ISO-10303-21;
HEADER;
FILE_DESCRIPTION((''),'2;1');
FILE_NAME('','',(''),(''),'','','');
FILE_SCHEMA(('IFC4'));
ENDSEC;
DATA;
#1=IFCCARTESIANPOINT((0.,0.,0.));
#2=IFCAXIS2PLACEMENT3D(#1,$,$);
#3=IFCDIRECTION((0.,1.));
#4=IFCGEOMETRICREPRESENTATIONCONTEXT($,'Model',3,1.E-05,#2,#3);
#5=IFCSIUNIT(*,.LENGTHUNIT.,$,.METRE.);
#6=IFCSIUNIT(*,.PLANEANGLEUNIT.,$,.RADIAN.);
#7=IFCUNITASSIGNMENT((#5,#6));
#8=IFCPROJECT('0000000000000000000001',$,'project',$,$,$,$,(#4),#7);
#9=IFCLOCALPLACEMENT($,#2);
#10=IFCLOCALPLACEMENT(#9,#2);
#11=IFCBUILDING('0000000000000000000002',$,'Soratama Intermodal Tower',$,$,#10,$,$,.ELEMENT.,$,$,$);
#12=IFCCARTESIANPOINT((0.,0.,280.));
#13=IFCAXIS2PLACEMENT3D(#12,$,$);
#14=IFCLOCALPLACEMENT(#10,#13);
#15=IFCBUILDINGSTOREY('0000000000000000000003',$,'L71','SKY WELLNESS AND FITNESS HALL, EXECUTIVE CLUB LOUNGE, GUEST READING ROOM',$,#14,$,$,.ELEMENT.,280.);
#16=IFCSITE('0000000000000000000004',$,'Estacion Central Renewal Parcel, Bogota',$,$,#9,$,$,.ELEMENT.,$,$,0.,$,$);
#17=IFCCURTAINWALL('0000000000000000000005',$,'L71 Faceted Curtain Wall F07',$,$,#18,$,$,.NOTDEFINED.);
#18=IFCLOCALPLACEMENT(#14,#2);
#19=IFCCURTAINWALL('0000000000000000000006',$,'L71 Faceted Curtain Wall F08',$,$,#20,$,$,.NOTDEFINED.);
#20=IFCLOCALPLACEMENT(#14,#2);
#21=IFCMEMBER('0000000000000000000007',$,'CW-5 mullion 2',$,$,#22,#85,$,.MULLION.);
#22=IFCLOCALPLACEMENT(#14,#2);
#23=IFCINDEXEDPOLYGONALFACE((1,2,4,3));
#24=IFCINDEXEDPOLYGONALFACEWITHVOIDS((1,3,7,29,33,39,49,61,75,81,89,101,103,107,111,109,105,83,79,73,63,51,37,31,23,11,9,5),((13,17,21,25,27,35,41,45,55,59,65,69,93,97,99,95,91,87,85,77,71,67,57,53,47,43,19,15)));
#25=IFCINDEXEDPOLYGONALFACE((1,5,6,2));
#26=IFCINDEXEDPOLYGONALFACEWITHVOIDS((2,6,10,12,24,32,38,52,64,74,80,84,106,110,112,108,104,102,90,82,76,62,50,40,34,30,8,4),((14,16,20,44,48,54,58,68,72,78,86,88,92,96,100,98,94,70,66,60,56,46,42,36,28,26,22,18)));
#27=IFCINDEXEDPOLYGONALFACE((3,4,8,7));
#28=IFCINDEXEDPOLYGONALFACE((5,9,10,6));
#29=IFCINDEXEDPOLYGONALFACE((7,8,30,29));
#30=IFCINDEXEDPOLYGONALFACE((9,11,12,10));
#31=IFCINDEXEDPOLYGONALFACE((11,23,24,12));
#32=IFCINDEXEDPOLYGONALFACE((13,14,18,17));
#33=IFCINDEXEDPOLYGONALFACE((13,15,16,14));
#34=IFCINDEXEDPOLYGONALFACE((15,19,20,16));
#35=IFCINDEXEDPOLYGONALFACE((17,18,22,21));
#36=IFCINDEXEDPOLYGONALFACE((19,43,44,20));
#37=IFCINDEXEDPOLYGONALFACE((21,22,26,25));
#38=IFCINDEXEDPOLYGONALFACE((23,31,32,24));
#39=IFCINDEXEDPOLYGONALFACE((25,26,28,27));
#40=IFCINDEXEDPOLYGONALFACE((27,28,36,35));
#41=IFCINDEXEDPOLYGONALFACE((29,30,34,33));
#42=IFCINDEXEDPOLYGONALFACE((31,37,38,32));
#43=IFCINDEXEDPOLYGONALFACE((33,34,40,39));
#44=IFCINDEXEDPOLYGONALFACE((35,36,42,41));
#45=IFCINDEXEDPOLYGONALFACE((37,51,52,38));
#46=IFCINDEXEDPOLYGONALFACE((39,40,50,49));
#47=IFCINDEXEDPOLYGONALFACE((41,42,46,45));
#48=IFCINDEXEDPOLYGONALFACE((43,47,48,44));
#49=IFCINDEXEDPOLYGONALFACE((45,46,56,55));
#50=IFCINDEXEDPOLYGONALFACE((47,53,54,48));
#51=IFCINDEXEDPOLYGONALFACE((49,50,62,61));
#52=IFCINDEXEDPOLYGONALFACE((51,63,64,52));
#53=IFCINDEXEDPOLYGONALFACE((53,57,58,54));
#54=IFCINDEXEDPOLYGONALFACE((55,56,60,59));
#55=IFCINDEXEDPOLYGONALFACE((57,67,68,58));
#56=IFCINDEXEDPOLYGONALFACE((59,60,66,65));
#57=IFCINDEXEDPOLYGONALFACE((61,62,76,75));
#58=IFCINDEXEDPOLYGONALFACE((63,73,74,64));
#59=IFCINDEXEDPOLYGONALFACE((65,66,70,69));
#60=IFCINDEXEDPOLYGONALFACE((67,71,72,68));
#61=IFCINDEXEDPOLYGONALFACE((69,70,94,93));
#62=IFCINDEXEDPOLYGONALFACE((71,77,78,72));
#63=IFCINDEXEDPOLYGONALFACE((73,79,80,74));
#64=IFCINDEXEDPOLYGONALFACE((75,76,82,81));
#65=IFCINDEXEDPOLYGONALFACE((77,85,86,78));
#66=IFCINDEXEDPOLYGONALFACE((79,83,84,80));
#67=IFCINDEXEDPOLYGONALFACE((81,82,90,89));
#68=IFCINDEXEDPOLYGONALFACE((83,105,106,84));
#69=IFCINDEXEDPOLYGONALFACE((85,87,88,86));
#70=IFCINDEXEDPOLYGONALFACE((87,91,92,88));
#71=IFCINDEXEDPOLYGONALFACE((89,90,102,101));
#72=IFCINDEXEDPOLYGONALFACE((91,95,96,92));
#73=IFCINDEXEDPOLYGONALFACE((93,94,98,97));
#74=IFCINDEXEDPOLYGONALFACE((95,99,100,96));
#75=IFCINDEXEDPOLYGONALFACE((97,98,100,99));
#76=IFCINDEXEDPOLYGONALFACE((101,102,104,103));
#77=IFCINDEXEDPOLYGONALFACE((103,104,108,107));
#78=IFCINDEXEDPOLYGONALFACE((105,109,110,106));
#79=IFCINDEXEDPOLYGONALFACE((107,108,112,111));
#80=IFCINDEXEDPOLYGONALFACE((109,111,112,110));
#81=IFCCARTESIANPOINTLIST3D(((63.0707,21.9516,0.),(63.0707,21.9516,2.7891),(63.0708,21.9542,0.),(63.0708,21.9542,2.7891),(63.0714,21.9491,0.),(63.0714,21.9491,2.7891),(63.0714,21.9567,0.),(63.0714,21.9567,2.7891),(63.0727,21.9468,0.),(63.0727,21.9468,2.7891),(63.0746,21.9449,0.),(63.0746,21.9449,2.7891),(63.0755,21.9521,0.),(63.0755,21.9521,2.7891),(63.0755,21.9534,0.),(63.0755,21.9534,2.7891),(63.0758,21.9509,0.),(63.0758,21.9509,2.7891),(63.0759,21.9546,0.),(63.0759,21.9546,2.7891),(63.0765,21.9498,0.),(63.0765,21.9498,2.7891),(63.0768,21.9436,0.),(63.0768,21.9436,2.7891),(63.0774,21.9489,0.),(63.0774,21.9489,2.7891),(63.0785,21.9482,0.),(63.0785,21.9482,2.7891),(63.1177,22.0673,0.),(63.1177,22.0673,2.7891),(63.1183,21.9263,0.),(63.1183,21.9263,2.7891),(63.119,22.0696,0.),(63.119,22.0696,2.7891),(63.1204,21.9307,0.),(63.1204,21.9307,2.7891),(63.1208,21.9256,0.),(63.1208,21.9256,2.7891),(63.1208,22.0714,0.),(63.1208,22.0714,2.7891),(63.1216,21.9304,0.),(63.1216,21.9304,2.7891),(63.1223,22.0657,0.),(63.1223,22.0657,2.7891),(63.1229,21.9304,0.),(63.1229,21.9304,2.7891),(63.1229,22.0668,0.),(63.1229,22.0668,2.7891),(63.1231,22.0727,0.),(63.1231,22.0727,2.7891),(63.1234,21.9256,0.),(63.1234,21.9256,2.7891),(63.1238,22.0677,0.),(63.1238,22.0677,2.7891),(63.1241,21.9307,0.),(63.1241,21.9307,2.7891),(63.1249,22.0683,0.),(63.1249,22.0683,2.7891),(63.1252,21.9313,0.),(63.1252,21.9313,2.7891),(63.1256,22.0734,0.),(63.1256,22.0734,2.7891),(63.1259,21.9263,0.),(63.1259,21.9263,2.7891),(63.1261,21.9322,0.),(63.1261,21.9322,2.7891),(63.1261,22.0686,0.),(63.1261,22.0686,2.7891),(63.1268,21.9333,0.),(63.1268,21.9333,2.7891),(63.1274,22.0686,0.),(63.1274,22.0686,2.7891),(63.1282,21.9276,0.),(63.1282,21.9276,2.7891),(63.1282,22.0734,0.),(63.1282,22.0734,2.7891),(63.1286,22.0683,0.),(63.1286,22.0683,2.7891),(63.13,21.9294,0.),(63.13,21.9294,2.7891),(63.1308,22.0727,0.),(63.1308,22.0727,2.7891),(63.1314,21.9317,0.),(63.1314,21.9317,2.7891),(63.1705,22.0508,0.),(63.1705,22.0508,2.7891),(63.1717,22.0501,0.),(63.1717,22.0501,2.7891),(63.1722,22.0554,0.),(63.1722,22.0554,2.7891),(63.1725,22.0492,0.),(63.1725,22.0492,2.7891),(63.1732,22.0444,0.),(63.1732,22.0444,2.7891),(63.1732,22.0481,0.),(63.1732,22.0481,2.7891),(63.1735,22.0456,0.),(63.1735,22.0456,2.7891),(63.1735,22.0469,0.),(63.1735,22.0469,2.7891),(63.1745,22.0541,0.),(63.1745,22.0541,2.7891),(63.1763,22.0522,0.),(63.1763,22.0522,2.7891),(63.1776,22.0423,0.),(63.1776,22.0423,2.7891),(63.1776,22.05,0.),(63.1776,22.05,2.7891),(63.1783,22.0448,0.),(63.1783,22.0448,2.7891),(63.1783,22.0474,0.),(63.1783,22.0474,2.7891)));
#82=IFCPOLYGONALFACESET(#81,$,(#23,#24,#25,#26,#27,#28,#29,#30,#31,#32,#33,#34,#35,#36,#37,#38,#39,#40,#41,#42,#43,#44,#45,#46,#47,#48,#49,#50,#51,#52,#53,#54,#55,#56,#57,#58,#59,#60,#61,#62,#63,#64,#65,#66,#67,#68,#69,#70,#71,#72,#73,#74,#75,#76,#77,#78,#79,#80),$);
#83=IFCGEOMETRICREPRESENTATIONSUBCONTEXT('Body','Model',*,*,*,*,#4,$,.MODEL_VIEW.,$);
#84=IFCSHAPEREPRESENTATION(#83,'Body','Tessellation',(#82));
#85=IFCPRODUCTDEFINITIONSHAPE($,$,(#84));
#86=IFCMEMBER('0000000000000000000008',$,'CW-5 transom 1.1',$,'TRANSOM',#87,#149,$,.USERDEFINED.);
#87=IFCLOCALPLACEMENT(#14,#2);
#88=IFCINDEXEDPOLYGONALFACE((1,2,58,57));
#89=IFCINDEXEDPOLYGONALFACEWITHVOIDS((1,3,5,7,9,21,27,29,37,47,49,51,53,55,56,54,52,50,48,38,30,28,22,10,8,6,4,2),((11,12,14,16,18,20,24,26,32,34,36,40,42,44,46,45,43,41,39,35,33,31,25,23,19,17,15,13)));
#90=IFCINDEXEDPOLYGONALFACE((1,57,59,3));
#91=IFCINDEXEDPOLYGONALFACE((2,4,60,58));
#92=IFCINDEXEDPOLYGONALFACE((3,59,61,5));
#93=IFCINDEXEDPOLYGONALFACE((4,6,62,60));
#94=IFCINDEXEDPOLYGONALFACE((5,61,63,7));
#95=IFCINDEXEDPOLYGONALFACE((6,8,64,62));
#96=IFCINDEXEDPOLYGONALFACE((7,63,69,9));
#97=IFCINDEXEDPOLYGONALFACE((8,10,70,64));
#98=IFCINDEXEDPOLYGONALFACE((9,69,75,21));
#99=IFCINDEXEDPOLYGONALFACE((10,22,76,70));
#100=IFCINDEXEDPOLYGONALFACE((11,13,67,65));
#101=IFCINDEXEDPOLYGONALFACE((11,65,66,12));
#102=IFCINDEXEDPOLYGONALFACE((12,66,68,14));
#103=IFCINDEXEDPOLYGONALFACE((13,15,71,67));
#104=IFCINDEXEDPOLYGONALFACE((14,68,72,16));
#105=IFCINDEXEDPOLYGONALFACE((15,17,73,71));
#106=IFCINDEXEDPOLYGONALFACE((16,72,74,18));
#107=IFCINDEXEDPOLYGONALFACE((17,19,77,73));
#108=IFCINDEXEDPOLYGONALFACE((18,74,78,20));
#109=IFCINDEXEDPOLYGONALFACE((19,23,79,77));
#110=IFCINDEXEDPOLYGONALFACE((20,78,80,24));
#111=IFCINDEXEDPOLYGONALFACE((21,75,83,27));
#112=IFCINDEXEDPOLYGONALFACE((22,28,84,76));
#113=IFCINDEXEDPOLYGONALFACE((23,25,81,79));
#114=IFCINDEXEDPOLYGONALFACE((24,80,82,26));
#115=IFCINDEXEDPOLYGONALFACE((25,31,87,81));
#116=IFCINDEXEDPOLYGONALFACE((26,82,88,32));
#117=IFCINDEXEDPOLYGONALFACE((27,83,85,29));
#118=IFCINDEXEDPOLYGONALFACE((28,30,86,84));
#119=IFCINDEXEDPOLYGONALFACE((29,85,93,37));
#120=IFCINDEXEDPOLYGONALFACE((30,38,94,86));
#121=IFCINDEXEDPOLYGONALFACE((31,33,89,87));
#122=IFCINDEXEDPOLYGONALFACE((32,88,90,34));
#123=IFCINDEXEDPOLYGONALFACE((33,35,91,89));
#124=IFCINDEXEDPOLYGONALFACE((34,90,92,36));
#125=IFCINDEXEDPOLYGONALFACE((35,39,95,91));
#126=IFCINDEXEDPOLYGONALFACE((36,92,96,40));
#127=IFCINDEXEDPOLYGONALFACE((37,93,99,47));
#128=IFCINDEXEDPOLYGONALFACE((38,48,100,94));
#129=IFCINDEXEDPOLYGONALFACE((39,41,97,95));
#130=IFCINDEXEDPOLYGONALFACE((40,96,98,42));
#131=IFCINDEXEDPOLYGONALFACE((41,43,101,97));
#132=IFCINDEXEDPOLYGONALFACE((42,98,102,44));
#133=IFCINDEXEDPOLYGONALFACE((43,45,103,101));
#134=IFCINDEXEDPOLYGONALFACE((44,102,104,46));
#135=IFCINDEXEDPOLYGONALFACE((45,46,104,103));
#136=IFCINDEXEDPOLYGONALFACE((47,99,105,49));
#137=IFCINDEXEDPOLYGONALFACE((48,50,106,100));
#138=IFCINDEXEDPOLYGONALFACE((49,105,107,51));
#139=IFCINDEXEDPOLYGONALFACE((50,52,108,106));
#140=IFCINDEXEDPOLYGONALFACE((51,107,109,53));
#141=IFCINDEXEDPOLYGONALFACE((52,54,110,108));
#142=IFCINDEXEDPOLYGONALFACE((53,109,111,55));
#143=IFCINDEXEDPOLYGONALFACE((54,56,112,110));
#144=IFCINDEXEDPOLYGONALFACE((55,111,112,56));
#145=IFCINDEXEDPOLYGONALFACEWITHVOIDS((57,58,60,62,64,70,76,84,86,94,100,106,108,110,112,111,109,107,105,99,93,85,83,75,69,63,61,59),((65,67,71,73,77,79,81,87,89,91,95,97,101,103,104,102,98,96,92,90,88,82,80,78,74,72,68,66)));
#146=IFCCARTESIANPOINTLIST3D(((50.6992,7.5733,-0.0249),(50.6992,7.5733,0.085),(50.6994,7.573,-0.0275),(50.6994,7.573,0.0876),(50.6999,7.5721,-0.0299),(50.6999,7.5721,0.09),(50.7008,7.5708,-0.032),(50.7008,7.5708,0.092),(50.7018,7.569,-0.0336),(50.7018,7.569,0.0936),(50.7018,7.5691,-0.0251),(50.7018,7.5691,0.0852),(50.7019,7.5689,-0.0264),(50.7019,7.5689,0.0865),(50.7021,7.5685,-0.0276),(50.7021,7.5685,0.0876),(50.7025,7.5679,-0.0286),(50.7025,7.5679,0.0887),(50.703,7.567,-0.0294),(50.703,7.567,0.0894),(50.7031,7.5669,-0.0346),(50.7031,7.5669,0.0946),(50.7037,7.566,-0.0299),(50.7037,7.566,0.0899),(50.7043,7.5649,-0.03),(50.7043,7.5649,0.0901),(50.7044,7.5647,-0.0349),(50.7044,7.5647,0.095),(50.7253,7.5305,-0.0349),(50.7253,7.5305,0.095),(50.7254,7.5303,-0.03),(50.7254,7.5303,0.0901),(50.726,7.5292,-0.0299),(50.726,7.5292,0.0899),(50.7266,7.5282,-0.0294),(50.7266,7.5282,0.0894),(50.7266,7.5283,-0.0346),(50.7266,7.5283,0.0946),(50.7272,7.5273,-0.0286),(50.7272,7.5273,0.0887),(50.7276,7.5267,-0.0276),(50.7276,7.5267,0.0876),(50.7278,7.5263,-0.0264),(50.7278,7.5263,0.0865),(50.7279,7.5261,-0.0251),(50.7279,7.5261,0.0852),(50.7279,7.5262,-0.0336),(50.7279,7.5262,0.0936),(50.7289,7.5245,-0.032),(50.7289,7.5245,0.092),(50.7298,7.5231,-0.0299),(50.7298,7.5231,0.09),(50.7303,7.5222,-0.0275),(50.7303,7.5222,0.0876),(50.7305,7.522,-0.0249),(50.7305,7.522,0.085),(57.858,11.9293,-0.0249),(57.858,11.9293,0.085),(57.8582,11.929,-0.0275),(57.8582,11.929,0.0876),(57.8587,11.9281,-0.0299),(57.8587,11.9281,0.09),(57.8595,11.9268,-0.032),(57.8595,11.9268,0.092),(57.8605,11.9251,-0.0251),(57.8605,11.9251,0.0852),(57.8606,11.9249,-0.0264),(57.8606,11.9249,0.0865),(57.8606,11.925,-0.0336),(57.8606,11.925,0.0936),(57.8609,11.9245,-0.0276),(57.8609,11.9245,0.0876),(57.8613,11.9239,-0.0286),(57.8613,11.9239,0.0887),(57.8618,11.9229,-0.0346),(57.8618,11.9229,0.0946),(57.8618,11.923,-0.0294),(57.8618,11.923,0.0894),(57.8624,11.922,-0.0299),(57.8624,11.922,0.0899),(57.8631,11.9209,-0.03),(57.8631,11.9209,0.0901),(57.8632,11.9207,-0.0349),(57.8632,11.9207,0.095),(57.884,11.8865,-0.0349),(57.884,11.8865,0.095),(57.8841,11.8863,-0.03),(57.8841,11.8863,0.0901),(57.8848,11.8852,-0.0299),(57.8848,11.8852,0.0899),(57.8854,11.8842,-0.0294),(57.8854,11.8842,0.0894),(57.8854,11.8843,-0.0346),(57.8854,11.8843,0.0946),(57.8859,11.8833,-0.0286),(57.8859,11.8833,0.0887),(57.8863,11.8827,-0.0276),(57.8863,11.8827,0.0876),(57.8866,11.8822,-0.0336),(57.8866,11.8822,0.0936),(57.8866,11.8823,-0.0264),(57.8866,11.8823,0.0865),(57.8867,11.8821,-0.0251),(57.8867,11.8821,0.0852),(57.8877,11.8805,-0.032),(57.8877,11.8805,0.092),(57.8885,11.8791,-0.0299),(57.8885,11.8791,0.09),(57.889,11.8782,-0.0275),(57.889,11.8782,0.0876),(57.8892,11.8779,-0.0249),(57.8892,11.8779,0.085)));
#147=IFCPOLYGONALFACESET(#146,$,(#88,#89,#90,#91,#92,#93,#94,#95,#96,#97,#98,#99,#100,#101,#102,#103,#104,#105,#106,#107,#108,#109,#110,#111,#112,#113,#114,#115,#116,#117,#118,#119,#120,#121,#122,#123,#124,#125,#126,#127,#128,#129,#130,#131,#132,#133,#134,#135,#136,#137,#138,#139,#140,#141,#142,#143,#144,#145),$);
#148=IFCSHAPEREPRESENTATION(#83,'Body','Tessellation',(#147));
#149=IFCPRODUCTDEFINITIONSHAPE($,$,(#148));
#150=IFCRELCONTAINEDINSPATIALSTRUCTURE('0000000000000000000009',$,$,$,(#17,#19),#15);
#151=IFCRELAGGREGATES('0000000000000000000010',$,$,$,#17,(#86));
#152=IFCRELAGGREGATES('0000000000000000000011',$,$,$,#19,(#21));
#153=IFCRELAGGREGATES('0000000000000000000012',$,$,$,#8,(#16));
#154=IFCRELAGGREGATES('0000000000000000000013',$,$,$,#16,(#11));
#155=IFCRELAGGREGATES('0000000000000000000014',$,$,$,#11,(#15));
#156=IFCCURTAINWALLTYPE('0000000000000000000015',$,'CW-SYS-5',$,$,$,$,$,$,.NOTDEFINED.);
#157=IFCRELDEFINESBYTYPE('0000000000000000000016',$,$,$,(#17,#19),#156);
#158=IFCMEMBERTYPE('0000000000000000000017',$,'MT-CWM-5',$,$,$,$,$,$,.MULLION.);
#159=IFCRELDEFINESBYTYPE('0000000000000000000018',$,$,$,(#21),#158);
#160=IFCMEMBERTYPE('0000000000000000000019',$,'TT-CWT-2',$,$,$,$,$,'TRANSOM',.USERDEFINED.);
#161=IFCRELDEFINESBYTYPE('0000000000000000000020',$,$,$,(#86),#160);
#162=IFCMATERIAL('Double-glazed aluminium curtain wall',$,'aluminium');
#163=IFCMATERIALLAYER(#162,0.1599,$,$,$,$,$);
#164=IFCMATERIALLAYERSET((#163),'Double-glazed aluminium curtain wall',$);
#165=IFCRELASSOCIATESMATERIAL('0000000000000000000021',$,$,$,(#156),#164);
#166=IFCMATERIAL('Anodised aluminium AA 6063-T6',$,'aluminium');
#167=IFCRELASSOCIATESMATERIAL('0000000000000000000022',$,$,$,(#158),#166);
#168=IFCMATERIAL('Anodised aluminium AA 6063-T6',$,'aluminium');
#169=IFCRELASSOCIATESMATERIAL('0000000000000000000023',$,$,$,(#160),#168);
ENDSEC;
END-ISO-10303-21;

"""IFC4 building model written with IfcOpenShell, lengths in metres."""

from ifc_helpers import new_model, si_unit, direction, frame, origin, origin_2d, place, context, subcontext, project, spatial, hollow_rectangle, extrude, material, layer, layer_set, material_profile, profile_set, type_object, element, aggregate, save


model = new_model("IFC4")

# Units and contexts
model_context = context("Model", 3, precision=1e-05, world=origin(), true_north=direction((0.0, 1.0)))
body_context = subcontext(model_context, "Body", "Model", "MODEL_VIEW")
ifc_project = project(units=[si_unit("LENGTHUNIT", "METRE"), si_unit("PLANEANGLEUNIT", "RADIAN")], contexts=[model_context])

# Site, building, storey
site_placement = place(None, origin())
site = spatial("IfcSite", under=ifc_project, at=site_placement, Name="Estacion Central Renewal Parcel, Bogota", CompositionType="ELEMENT", RefElevation=0.0)
building_placement = place(site_placement, origin())
building = spatial("IfcBuilding", under=site, at=building_placement, Name="Soratama Intermodal Tower", CompositionType="ELEMENT")
storey_placement = place(building_placement, frame((0.0, 0.0, 280.0)))
storey = spatial("IfcBuildingStorey", under=building, at=storey_placement, Name="L71", Description="SKY WELLNESS AND FITNESS HALL, EXECUTIVE CLUB LOUNGE, GUEST READING ROOM", CompositionType="ELEMENT", Elevation=280.0)

# Curtain wall
ifc_material_1 = material(Name="Double-glazed aluminium curtain wall", Category="aluminium")
ifc_layer_1 = layer(ifc_material_1, 0.1599)
ifc_layer_set_1 = layer_set([ifc_layer_1], Name="Double-glazed aluminium curtain wall")
curtain_wall_type = type_object("IfcCurtainWallType", Name="CW-SYS-5", PredefinedType="NOTDEFINED", material=ifc_layer_set_1)
curtain_wall_1_placement = place(storey_placement, origin())
curtain_wall_1 = element("IfcCurtainWall", 1, at=curtain_wall_1_placement, inside=storey, type_object=curtain_wall_type, Name="L71 Faceted Curtain Wall F07", PredefinedType="NOTDEFINED")
ifc_material_2 = material(Name="Anodised aluminium AA 6063-T6", Category="aluminium")
ifc_material_profile_1 = material_profile(ifc_material_2, hollow_rectangle(XDim=0.0649, YDim=0.1399, WallThickness=0.0049, InnerFilletRadius=0.0049, OuterFilletRadius=0.01, at=origin_2d()), Name="CWM140X65X5")
ifc_profile_set_1 = profile_set([ifc_material_profile_1], Name="Anodised aluminium AA 6063-T6")
member_type_1 = type_object("IfcMemberType", Name="MT-CWM-5", PredefinedType="MULLION", material=ifc_profile_set_1)

# Curtain wall, member
curtain_wall_2_placement = place(storey_placement, origin())
curtain_wall_2 = element("IfcCurtainWall", 2, at=curtain_wall_2_placement, inside=storey, type_object=curtain_wall_type, Name="L71 Faceted Curtain Wall F08", PredefinedType="NOTDEFINED")
member_1_placement = place(storey_placement, frame((63.1245, 21.9995, 0.0), z_axis=(0.0, 0.0, 1.0), x_axis=(-0.922673, 0.385583, 0.0)))
member_1 = element("IfcMember", 3, at=member_1_placement, type_object=member_type_1, Name="CW-5 mullion 2", PredefinedType="MULLION", context=body_context, shape_type="SweptSolid", body=[
    extrude(hollow_rectangle(XDim=0.0649, YDim=0.1399, WallThickness=0.0049, InnerFilletRadius=0.0049, OuterFilletRadius=0.01, at=origin_2d()), origin(), (0.0, 0.0, 1.0), 2.7891),
])

# Member
ifc_material_3 = material(Name="Anodised aluminium AA 6063-T6", Category="aluminium")
ifc_material_profile_2 = material_profile(ifc_material_3, hollow_rectangle(XDim=0.0601, YDim=0.1299, WallThickness=0.0049, InnerFilletRadius=0.0049, OuterFilletRadius=0.01, at=origin_2d()), Name="CWT130X60X5")
ifc_profile_set_2 = profile_set([ifc_material_profile_2], Name="Anodised aluminium AA 6063-T6")
member_type_2 = type_object("IfcMemberType", Name="TT-CWT-2", ElementType="TRANSOM", PredefinedType="USERDEFINED", material=ifc_profile_set_2)
member_2_placement = place(storey_placement, frame((50.7148, 7.5476, 0.03), z_axis=(0.854278, 0.519816, 0.0), x_axis=(-0.519816, 0.854278, 0.0)))
member_2 = element("IfcMember", 4, at=member_2_placement, type_object=member_type_2, Name="CW-5 transom 1.1", ObjectType="TRANSOM", PredefinedType="USERDEFINED", context=body_context, shape_type="SweptSolid", body=[
    extrude(hollow_rectangle(XDim=0.0601, YDim=0.1299, WallThickness=0.0049, InnerFilletRadius=0.0049, OuterFilletRadius=0.01, at=origin_2d()), origin(), (0.0, 0.0, 1.0), 8.3799),
])

aggregate(curtain_wall_1, [member_2])
aggregate(curtain_wall_2, [member_1])

save(model, "model.ifc")
